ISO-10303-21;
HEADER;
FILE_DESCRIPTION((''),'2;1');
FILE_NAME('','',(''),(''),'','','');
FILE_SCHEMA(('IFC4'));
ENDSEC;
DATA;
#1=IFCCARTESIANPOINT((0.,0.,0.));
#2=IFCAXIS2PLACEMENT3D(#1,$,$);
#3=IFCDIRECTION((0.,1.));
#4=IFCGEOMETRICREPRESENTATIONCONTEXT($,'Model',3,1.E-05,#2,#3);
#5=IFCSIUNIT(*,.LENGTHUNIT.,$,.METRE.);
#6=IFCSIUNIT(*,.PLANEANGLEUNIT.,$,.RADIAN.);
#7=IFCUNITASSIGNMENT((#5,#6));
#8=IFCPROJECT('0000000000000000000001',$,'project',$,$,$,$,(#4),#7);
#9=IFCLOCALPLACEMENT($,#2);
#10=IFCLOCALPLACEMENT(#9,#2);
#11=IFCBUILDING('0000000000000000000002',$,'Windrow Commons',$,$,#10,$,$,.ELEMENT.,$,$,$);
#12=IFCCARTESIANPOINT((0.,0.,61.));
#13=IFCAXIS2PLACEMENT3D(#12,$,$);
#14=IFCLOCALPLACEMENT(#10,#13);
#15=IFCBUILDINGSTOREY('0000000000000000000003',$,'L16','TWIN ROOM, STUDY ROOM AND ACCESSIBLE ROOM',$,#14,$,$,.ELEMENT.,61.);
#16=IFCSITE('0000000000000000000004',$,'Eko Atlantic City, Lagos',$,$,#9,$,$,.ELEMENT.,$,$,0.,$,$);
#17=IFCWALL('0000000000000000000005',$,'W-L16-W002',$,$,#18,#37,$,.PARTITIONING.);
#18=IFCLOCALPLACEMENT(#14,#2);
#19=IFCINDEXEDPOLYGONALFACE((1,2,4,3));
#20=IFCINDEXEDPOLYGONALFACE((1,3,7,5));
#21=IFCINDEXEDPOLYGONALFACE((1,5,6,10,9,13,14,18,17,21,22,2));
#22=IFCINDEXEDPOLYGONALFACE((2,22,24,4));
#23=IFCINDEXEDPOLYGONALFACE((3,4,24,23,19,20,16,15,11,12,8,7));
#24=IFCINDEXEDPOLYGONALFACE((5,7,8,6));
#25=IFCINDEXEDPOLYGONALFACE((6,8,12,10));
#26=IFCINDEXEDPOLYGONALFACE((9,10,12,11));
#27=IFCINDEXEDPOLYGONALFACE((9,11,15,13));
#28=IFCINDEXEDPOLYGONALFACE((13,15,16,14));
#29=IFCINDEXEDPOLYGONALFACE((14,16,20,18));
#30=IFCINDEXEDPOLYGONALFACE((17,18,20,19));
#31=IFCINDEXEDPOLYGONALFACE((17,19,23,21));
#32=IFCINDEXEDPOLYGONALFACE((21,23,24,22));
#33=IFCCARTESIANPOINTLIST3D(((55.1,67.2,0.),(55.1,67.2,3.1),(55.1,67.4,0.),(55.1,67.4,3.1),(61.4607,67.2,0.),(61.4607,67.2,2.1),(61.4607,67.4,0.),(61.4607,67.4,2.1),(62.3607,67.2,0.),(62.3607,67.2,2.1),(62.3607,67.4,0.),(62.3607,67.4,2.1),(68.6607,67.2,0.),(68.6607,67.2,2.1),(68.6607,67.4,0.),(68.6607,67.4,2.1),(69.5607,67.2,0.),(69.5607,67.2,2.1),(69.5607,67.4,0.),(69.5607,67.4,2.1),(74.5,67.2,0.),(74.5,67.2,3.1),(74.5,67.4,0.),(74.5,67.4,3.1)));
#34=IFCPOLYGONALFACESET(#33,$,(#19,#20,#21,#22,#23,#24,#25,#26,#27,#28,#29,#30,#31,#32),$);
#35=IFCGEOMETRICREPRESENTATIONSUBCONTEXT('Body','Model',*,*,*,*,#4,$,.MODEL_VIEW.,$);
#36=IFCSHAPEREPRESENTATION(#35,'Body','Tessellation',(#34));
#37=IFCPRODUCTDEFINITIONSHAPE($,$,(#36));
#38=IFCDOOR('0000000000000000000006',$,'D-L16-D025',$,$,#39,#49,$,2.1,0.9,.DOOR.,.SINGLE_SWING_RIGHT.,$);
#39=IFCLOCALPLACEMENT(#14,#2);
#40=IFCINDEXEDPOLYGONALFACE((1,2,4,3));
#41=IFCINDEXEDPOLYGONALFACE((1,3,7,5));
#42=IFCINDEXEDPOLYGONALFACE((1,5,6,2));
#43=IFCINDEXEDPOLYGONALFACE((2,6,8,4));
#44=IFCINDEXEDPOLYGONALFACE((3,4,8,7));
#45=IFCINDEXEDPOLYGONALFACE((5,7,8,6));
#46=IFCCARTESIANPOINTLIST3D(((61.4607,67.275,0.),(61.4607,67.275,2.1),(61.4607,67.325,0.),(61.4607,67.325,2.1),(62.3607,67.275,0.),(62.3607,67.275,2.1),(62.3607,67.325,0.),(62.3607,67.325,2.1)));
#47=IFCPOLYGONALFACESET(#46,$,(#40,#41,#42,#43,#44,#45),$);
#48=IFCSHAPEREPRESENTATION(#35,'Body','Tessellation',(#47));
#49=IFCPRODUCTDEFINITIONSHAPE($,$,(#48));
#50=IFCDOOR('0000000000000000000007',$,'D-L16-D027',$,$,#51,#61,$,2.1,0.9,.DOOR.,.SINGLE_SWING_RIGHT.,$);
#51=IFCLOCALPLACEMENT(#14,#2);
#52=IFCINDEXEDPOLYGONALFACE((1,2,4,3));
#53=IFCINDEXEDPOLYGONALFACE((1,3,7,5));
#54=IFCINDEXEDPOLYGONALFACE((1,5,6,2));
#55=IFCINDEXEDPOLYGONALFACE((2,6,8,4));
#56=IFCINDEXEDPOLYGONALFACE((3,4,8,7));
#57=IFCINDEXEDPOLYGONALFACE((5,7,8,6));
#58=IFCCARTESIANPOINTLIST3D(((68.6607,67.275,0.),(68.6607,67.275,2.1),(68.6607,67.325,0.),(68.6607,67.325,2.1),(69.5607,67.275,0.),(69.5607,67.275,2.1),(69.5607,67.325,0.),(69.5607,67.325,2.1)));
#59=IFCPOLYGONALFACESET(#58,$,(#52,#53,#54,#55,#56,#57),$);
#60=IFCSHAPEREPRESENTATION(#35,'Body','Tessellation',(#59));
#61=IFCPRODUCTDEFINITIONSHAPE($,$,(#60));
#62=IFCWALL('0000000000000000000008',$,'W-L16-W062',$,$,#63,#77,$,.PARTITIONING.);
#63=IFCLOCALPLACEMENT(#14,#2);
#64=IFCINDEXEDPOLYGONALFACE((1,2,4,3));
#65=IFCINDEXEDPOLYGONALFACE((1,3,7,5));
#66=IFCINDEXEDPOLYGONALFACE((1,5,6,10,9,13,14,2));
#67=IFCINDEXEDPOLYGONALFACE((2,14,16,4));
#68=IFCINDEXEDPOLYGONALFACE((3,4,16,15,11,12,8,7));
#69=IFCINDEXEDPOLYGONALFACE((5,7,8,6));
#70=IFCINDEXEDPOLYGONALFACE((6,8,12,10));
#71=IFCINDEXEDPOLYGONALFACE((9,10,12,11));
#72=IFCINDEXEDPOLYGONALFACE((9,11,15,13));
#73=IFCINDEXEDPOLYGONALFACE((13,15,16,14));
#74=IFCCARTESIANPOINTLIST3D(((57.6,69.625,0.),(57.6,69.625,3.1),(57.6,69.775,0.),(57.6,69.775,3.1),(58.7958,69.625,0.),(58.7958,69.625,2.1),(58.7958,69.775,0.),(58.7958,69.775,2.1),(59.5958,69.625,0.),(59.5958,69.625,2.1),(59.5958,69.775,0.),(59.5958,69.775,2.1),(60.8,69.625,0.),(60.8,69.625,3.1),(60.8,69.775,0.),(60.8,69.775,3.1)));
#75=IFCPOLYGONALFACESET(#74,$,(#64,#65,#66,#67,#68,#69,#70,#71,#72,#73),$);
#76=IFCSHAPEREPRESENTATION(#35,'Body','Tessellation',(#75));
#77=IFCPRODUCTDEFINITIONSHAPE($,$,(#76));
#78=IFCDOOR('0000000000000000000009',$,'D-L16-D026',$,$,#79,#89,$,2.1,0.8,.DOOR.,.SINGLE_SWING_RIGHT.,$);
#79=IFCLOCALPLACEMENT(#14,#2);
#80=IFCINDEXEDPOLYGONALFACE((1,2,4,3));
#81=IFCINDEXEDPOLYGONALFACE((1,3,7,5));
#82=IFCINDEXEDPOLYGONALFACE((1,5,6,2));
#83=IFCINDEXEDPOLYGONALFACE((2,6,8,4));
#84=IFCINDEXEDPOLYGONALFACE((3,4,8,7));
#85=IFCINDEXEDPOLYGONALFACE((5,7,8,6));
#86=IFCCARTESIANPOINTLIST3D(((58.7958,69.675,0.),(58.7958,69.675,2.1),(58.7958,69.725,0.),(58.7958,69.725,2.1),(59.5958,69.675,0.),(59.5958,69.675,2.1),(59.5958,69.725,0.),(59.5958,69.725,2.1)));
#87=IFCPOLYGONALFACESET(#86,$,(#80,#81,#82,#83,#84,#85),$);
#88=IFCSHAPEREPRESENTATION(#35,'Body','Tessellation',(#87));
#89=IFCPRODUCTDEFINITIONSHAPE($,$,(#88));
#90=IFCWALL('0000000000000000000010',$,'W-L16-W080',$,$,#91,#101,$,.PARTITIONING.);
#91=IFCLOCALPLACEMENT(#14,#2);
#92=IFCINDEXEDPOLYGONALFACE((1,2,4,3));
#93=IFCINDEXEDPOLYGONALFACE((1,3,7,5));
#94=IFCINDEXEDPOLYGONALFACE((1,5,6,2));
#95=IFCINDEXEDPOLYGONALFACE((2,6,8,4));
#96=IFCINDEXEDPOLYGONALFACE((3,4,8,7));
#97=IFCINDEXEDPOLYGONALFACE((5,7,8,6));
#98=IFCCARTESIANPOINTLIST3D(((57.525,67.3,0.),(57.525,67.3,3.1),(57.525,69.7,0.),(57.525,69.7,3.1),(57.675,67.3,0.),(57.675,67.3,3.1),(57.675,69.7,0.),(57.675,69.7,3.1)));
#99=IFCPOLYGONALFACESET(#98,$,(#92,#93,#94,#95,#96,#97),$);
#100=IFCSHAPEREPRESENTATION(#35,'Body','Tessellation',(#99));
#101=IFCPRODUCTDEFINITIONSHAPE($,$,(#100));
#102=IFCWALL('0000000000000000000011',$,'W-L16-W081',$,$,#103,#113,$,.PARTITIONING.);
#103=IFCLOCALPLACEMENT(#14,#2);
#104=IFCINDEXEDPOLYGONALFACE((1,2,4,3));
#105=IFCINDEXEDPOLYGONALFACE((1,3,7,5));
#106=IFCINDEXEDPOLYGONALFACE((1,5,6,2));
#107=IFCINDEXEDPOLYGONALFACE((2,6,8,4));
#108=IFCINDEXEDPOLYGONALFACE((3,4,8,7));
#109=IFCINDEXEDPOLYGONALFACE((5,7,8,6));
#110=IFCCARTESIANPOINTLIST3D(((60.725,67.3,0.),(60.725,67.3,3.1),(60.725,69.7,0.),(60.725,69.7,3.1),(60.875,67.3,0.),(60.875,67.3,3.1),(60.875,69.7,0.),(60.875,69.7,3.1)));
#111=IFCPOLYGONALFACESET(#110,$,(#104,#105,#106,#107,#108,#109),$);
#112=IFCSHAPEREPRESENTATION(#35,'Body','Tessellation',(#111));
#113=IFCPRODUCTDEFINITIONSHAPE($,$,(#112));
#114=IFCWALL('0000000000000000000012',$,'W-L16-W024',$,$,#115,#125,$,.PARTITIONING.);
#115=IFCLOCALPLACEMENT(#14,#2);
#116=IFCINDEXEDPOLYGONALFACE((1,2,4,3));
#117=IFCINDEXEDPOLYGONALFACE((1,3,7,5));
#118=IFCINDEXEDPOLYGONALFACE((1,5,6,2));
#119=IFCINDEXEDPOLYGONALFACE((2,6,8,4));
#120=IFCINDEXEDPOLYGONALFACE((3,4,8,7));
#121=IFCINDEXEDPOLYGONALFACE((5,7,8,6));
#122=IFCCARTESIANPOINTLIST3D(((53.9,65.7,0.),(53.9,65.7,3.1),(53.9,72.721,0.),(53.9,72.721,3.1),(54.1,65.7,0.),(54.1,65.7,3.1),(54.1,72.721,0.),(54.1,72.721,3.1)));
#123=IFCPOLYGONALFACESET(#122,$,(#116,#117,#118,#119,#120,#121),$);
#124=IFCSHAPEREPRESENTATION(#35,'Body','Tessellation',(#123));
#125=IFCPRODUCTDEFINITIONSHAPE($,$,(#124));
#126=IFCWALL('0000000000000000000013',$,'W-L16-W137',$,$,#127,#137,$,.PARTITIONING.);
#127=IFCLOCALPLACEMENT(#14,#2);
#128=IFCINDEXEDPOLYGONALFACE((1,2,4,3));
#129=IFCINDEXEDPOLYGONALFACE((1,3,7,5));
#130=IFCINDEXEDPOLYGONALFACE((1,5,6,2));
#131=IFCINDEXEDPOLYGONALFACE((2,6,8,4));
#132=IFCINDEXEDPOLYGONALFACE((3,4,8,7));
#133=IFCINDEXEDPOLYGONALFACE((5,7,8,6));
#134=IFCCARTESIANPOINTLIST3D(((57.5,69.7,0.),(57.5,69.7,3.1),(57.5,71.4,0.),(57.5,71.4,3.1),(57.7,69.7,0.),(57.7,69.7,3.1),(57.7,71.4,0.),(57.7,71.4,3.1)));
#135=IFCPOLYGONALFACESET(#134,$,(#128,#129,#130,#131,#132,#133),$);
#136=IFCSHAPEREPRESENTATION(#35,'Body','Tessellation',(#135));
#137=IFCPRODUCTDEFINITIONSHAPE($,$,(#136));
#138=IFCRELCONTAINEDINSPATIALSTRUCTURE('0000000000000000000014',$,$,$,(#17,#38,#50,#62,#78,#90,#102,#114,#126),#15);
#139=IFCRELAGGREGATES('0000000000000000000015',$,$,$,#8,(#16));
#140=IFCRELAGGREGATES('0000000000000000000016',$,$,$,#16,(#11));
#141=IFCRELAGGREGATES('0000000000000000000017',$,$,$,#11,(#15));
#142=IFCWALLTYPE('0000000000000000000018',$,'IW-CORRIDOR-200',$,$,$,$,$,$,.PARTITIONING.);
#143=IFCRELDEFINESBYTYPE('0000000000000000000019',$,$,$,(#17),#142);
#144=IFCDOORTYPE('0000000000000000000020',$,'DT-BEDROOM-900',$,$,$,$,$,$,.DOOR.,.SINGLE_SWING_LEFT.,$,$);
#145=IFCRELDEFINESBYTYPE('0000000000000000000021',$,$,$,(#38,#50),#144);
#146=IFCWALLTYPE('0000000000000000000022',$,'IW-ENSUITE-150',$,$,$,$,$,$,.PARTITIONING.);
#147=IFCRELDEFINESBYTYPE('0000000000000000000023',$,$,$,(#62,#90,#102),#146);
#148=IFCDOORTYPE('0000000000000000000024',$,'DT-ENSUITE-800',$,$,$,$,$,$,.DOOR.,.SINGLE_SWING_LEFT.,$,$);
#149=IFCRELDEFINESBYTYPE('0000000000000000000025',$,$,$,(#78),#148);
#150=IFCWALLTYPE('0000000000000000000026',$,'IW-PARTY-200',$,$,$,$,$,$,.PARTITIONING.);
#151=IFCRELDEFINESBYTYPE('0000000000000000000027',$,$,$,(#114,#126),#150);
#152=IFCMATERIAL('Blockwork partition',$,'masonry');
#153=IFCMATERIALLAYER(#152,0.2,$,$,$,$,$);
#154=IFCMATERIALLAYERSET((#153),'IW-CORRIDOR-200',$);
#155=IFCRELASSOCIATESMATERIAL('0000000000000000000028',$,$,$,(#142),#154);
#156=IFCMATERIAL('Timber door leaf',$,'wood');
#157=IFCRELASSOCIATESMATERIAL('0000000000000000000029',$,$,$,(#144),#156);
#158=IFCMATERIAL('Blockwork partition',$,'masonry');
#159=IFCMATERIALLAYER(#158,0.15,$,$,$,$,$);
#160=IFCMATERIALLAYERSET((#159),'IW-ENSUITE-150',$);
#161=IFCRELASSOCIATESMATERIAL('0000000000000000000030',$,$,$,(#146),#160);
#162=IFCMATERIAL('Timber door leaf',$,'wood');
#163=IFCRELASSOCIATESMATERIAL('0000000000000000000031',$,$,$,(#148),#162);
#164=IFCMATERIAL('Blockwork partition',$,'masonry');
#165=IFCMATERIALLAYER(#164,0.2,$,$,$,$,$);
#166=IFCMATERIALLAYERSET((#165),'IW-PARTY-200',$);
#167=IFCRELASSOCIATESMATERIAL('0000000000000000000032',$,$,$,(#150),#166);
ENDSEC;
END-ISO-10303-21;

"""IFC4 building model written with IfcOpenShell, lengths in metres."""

from ifc_helpers import new_model, si_unit, direction, frame, frame_2d, origin, place, context, subcontext, project, spatial, rectangle, extrude, material, layer, layer_set, type_object, element, fill, save


model = new_model("IFC4")

# Units and contexts
model_context = context("Model", 3, precision=1e-05, world=origin(), true_north=direction((0.0, 1.0)))
body_context = subcontext(model_context, "Body", "Model", "MODEL_VIEW")
ifc_project = project(units=[si_unit("LENGTHUNIT", "METRE"), si_unit("PLANEANGLEUNIT", "RADIAN")], contexts=[model_context])

# Site, building, storey
site_placement = place(None, origin())
site = spatial("IfcSite", under=ifc_project, at=site_placement, Name="Eko Atlantic City, Lagos", CompositionType="ELEMENT", RefElevation=0.0)
building_placement = place(site_placement, origin())
building = spatial("IfcBuilding", under=site, at=building_placement, Name="Windrow Commons", CompositionType="ELEMENT")
storey_placement = place(building_placement, frame((0.0, 0.0, 61.0)))
storey = spatial("IfcBuildingStorey", under=building, at=storey_placement, Name="L16", Description="TWIN ROOM, STUDY ROOM AND ACCESSIBLE ROOM", CompositionType="ELEMENT", Elevation=61.0)

# Wall, openings, doors
ifc_material_1 = material(Name="Blockwork partition", Category="masonry")
ifc_layer_1 = layer(ifc_material_1, 0.2)
ifc_layer_set_1 = layer_set([ifc_layer_1], Name="IW-CORRIDOR-200")
wall_type_1 = type_object("IfcWallType", Name="IW-CORRIDOR-200", PredefinedType="PARTITIONING", material=ifc_layer_set_1)
wall_1_placement = place(storey_placement, frame((55.1, 67.3, 0.0), z_axis=(0.0, 0.0, 1.0), x_axis=(1.0, 0.0, 0.0)))
wall_1 = element("IfcWall", 1, at=wall_1_placement, inside=storey, type_object=wall_type_1, Name="W-L16-W002", PredefinedType="PARTITIONING", context=body_context, shape_type="SweptSolid", body=[
    extrude(rectangle(XDim=19.4, YDim=0.2, at=frame_2d((9.7, 0.0))), origin(), (0.0, 0.0, 1.0), 3.1),
])
opening_1_placement = place(wall_1_placement, frame((6.3607, 0.0, 0.0)))
opening_1 = element("IfcOpeningElement", 2, at=opening_1_placement, cuts=wall_1, PredefinedType="OPENING", context=body_context, shape_type="SweptSolid", body=[
    extrude(rectangle(XDim=0.9, YDim=2.1, at=frame_2d((0.45, 1.05))), frame((0.0, 0.11, 0.0), z_axis=(0.0, -1.0, 0.0), x_axis=(1.0, 0.0, 0.0)), (0.0, 0.0, 1.0), 0.22),
])
opening_2_placement = place(wall_1_placement, frame((13.5607, 0.0, 0.0)))
opening_2 = element("IfcOpeningElement", 3, at=opening_2_placement, cuts=wall_1, PredefinedType="OPENING", context=body_context, shape_type="SweptSolid", body=[
    extrude(rectangle(XDim=0.9, YDim=2.1, at=frame_2d((0.45, 1.05))), frame((0.0, 0.11, 0.0), z_axis=(0.0, -1.0, 0.0), x_axis=(1.0, 0.0, 0.0)), (0.0, 0.0, 1.0), 0.22),
])
ifc_material_2 = material(Name="Timber door leaf", Category="wood")
door_type_1 = type_object("IfcDoorType", Name="DT-BEDROOM-900", OperationType="SINGLE_SWING_LEFT", PredefinedType="DOOR", material=ifc_material_2)
door_1_placement = place(opening_1_placement, origin())
door_1 = element("IfcDoor", 4, at=door_1_placement, inside=storey, type_object=door_type_1, Name="D-L16-D025", OperationType="SINGLE_SWING_RIGHT", OverallHeight=2.1, OverallWidth=0.9, PredefinedType="DOOR", context=body_context, shape_type="SweptSolid", body=[
    extrude(rectangle(XDim=0.9, YDim=2.1, at=frame_2d((0.45, 1.05))), frame((0.0, 0.025, 0.0), z_axis=(0.0, -1.0, 0.0), x_axis=(1.0, 0.0, 0.0)), (0.0, 0.0, 1.0), 0.05),
])
fill(opening_1, door_1)
door_2_placement = place(opening_2_placement, origin())
door_2 = element("IfcDoor", 5, at=door_2_placement, inside=storey, type_object=door_type_1, Name="D-L16-D027", OperationType="SINGLE_SWING_RIGHT", OverallHeight=2.1, OverallWidth=0.9, PredefinedType="DOOR", context=body_context, shape_type="SweptSolid", body=[
    extrude(rectangle(XDim=0.9, YDim=2.1, at=frame_2d((0.45, 1.05))), frame((0.0, 0.025, 0.0), z_axis=(0.0, -1.0, 0.0), x_axis=(1.0, 0.0, 0.0)), (0.0, 0.0, 1.0), 0.05),
])
fill(opening_2, door_2)

# Wall, opening, door
ifc_material_3 = material(Name="Blockwork partition", Category="masonry")
ifc_layer_2 = layer(ifc_material_3, 0.15)
ifc_layer_set_2 = layer_set([ifc_layer_2], Name="IW-ENSUITE-150")
wall_type_2 = type_object("IfcWallType", Name="IW-ENSUITE-150", PredefinedType="PARTITIONING", material=ifc_layer_set_2)
wall_2_placement = place(storey_placement, frame((57.6, 69.7, 0.0), z_axis=(0.0, 0.0, 1.0), x_axis=(1.0, 0.0, 0.0)))
wall_2 = element("IfcWall", 6, at=wall_2_placement, inside=storey, type_object=wall_type_2, Name="W-L16-W062", PredefinedType="PARTITIONING", context=body_context, shape_type="SweptSolid", body=[
    extrude(rectangle(XDim=3.2, YDim=0.15, at=frame_2d((1.6, 0.0))), origin(), (0.0, 0.0, 1.0), 3.1),
])
opening_3_placement = place(wall_2_placement, frame((1.1958, 0.0, 0.0)))
opening_3 = element("IfcOpeningElement", 7, at=opening_3_placement, cuts=wall_2, PredefinedType="OPENING", context=body_context, shape_type="SweptSolid", body=[
    extrude(rectangle(XDim=0.8, YDim=2.1, at=frame_2d((0.4, 1.05))), frame((0.0, 0.085, 0.0), z_axis=(0.0, -1.0, 0.0), x_axis=(1.0, 0.0, 0.0)), (0.0, 0.0, 1.0), 0.17),
])
ifc_material_4 = material(Name="Timber door leaf", Category="wood")
door_type_2 = type_object("IfcDoorType", Name="DT-ENSUITE-800", OperationType="SINGLE_SWING_LEFT", PredefinedType="DOOR", material=ifc_material_4)
door_3_placement = place(opening_3_placement, origin())
door_3 = element("IfcDoor", 8, at=door_3_placement, inside=storey, type_object=door_type_2, Name="D-L16-D026", OperationType="SINGLE_SWING_RIGHT", OverallHeight=2.1, OverallWidth=0.8, PredefinedType="DOOR", context=body_context, shape_type="SweptSolid", body=[
    extrude(rectangle(XDim=0.8, YDim=2.1, at=frame_2d((0.4, 1.05))), frame((0.0, 0.025, 0.0), z_axis=(0.0, -1.0, 0.0), x_axis=(1.0, 0.0, 0.0)), (0.0, 0.0, 1.0), 0.05),
])
fill(opening_3, door_3)

# Walls
for number, where, z_axis, x_axis, name in (
    (9, (57.6, 67.3, 0.0), (0.0, 0.0, 1.0), (0.0, 1.0, 0.0), "W-L16-W080"),
    (10, (60.8, 67.3, 0.0), (0.0, 0.0, 1.0), (0.0, 1.0, 0.0), "W-L16-W081"),
):
    element("IfcWall", number, at=place(storey_placement, frame(where, z_axis=z_axis, x_axis=x_axis)), inside=storey, type_object=wall_type_2, Name=name, PredefinedType="PARTITIONING", context=body_context, shape_type="SweptSolid", body=[
        extrude(rectangle(XDim=2.4, YDim=0.15, at=frame_2d((1.2, 0.0))), origin(), (0.0, 0.0, 1.0), 3.1),
    ])
ifc_material_5 = material(Name="Blockwork partition", Category="masonry")
ifc_layer_3 = layer(ifc_material_5, 0.2)
ifc_layer_set_3 = layer_set([ifc_layer_3], Name="IW-PARTY-200")
wall_type_3 = type_object("IfcWallType", Name="IW-PARTY-200", PredefinedType="PARTITIONING", material=ifc_layer_set_3)
wall_3_placement = place(storey_placement, frame((54.0, 65.7, 0.0), z_axis=(0.0, 0.0, 1.0), x_axis=(0.0, 1.0, 0.0)))
element("IfcWall", 11, at=wall_3_placement, inside=storey, type_object=wall_type_3, Name="W-L16-W024", PredefinedType="PARTITIONING", context=body_context, shape_type="SweptSolid", body=[
    extrude(rectangle(XDim=7.0209, YDim=0.2, at=frame_2d((3.5105, 0.0))), origin(), (0.0, 0.0, 1.0), 3.1),
])
wall_4_placement = place(storey_placement, frame((57.6, 69.7, 0.0), z_axis=(0.0, 0.0, 1.0), x_axis=(0.0, 1.0, 0.0)))
element("IfcWall", 12, at=wall_4_placement, inside=storey, type_object=wall_type_3, Name="W-L16-W137", PredefinedType="PARTITIONING", context=body_context, shape_type="SweptSolid", body=[
    extrude(rectangle(XDim=1.7, YDim=0.2, at=frame_2d((0.85, 0.0))), origin(), (0.0, 0.0, 1.0), 3.1),
])

save(model, "model.ifc")
